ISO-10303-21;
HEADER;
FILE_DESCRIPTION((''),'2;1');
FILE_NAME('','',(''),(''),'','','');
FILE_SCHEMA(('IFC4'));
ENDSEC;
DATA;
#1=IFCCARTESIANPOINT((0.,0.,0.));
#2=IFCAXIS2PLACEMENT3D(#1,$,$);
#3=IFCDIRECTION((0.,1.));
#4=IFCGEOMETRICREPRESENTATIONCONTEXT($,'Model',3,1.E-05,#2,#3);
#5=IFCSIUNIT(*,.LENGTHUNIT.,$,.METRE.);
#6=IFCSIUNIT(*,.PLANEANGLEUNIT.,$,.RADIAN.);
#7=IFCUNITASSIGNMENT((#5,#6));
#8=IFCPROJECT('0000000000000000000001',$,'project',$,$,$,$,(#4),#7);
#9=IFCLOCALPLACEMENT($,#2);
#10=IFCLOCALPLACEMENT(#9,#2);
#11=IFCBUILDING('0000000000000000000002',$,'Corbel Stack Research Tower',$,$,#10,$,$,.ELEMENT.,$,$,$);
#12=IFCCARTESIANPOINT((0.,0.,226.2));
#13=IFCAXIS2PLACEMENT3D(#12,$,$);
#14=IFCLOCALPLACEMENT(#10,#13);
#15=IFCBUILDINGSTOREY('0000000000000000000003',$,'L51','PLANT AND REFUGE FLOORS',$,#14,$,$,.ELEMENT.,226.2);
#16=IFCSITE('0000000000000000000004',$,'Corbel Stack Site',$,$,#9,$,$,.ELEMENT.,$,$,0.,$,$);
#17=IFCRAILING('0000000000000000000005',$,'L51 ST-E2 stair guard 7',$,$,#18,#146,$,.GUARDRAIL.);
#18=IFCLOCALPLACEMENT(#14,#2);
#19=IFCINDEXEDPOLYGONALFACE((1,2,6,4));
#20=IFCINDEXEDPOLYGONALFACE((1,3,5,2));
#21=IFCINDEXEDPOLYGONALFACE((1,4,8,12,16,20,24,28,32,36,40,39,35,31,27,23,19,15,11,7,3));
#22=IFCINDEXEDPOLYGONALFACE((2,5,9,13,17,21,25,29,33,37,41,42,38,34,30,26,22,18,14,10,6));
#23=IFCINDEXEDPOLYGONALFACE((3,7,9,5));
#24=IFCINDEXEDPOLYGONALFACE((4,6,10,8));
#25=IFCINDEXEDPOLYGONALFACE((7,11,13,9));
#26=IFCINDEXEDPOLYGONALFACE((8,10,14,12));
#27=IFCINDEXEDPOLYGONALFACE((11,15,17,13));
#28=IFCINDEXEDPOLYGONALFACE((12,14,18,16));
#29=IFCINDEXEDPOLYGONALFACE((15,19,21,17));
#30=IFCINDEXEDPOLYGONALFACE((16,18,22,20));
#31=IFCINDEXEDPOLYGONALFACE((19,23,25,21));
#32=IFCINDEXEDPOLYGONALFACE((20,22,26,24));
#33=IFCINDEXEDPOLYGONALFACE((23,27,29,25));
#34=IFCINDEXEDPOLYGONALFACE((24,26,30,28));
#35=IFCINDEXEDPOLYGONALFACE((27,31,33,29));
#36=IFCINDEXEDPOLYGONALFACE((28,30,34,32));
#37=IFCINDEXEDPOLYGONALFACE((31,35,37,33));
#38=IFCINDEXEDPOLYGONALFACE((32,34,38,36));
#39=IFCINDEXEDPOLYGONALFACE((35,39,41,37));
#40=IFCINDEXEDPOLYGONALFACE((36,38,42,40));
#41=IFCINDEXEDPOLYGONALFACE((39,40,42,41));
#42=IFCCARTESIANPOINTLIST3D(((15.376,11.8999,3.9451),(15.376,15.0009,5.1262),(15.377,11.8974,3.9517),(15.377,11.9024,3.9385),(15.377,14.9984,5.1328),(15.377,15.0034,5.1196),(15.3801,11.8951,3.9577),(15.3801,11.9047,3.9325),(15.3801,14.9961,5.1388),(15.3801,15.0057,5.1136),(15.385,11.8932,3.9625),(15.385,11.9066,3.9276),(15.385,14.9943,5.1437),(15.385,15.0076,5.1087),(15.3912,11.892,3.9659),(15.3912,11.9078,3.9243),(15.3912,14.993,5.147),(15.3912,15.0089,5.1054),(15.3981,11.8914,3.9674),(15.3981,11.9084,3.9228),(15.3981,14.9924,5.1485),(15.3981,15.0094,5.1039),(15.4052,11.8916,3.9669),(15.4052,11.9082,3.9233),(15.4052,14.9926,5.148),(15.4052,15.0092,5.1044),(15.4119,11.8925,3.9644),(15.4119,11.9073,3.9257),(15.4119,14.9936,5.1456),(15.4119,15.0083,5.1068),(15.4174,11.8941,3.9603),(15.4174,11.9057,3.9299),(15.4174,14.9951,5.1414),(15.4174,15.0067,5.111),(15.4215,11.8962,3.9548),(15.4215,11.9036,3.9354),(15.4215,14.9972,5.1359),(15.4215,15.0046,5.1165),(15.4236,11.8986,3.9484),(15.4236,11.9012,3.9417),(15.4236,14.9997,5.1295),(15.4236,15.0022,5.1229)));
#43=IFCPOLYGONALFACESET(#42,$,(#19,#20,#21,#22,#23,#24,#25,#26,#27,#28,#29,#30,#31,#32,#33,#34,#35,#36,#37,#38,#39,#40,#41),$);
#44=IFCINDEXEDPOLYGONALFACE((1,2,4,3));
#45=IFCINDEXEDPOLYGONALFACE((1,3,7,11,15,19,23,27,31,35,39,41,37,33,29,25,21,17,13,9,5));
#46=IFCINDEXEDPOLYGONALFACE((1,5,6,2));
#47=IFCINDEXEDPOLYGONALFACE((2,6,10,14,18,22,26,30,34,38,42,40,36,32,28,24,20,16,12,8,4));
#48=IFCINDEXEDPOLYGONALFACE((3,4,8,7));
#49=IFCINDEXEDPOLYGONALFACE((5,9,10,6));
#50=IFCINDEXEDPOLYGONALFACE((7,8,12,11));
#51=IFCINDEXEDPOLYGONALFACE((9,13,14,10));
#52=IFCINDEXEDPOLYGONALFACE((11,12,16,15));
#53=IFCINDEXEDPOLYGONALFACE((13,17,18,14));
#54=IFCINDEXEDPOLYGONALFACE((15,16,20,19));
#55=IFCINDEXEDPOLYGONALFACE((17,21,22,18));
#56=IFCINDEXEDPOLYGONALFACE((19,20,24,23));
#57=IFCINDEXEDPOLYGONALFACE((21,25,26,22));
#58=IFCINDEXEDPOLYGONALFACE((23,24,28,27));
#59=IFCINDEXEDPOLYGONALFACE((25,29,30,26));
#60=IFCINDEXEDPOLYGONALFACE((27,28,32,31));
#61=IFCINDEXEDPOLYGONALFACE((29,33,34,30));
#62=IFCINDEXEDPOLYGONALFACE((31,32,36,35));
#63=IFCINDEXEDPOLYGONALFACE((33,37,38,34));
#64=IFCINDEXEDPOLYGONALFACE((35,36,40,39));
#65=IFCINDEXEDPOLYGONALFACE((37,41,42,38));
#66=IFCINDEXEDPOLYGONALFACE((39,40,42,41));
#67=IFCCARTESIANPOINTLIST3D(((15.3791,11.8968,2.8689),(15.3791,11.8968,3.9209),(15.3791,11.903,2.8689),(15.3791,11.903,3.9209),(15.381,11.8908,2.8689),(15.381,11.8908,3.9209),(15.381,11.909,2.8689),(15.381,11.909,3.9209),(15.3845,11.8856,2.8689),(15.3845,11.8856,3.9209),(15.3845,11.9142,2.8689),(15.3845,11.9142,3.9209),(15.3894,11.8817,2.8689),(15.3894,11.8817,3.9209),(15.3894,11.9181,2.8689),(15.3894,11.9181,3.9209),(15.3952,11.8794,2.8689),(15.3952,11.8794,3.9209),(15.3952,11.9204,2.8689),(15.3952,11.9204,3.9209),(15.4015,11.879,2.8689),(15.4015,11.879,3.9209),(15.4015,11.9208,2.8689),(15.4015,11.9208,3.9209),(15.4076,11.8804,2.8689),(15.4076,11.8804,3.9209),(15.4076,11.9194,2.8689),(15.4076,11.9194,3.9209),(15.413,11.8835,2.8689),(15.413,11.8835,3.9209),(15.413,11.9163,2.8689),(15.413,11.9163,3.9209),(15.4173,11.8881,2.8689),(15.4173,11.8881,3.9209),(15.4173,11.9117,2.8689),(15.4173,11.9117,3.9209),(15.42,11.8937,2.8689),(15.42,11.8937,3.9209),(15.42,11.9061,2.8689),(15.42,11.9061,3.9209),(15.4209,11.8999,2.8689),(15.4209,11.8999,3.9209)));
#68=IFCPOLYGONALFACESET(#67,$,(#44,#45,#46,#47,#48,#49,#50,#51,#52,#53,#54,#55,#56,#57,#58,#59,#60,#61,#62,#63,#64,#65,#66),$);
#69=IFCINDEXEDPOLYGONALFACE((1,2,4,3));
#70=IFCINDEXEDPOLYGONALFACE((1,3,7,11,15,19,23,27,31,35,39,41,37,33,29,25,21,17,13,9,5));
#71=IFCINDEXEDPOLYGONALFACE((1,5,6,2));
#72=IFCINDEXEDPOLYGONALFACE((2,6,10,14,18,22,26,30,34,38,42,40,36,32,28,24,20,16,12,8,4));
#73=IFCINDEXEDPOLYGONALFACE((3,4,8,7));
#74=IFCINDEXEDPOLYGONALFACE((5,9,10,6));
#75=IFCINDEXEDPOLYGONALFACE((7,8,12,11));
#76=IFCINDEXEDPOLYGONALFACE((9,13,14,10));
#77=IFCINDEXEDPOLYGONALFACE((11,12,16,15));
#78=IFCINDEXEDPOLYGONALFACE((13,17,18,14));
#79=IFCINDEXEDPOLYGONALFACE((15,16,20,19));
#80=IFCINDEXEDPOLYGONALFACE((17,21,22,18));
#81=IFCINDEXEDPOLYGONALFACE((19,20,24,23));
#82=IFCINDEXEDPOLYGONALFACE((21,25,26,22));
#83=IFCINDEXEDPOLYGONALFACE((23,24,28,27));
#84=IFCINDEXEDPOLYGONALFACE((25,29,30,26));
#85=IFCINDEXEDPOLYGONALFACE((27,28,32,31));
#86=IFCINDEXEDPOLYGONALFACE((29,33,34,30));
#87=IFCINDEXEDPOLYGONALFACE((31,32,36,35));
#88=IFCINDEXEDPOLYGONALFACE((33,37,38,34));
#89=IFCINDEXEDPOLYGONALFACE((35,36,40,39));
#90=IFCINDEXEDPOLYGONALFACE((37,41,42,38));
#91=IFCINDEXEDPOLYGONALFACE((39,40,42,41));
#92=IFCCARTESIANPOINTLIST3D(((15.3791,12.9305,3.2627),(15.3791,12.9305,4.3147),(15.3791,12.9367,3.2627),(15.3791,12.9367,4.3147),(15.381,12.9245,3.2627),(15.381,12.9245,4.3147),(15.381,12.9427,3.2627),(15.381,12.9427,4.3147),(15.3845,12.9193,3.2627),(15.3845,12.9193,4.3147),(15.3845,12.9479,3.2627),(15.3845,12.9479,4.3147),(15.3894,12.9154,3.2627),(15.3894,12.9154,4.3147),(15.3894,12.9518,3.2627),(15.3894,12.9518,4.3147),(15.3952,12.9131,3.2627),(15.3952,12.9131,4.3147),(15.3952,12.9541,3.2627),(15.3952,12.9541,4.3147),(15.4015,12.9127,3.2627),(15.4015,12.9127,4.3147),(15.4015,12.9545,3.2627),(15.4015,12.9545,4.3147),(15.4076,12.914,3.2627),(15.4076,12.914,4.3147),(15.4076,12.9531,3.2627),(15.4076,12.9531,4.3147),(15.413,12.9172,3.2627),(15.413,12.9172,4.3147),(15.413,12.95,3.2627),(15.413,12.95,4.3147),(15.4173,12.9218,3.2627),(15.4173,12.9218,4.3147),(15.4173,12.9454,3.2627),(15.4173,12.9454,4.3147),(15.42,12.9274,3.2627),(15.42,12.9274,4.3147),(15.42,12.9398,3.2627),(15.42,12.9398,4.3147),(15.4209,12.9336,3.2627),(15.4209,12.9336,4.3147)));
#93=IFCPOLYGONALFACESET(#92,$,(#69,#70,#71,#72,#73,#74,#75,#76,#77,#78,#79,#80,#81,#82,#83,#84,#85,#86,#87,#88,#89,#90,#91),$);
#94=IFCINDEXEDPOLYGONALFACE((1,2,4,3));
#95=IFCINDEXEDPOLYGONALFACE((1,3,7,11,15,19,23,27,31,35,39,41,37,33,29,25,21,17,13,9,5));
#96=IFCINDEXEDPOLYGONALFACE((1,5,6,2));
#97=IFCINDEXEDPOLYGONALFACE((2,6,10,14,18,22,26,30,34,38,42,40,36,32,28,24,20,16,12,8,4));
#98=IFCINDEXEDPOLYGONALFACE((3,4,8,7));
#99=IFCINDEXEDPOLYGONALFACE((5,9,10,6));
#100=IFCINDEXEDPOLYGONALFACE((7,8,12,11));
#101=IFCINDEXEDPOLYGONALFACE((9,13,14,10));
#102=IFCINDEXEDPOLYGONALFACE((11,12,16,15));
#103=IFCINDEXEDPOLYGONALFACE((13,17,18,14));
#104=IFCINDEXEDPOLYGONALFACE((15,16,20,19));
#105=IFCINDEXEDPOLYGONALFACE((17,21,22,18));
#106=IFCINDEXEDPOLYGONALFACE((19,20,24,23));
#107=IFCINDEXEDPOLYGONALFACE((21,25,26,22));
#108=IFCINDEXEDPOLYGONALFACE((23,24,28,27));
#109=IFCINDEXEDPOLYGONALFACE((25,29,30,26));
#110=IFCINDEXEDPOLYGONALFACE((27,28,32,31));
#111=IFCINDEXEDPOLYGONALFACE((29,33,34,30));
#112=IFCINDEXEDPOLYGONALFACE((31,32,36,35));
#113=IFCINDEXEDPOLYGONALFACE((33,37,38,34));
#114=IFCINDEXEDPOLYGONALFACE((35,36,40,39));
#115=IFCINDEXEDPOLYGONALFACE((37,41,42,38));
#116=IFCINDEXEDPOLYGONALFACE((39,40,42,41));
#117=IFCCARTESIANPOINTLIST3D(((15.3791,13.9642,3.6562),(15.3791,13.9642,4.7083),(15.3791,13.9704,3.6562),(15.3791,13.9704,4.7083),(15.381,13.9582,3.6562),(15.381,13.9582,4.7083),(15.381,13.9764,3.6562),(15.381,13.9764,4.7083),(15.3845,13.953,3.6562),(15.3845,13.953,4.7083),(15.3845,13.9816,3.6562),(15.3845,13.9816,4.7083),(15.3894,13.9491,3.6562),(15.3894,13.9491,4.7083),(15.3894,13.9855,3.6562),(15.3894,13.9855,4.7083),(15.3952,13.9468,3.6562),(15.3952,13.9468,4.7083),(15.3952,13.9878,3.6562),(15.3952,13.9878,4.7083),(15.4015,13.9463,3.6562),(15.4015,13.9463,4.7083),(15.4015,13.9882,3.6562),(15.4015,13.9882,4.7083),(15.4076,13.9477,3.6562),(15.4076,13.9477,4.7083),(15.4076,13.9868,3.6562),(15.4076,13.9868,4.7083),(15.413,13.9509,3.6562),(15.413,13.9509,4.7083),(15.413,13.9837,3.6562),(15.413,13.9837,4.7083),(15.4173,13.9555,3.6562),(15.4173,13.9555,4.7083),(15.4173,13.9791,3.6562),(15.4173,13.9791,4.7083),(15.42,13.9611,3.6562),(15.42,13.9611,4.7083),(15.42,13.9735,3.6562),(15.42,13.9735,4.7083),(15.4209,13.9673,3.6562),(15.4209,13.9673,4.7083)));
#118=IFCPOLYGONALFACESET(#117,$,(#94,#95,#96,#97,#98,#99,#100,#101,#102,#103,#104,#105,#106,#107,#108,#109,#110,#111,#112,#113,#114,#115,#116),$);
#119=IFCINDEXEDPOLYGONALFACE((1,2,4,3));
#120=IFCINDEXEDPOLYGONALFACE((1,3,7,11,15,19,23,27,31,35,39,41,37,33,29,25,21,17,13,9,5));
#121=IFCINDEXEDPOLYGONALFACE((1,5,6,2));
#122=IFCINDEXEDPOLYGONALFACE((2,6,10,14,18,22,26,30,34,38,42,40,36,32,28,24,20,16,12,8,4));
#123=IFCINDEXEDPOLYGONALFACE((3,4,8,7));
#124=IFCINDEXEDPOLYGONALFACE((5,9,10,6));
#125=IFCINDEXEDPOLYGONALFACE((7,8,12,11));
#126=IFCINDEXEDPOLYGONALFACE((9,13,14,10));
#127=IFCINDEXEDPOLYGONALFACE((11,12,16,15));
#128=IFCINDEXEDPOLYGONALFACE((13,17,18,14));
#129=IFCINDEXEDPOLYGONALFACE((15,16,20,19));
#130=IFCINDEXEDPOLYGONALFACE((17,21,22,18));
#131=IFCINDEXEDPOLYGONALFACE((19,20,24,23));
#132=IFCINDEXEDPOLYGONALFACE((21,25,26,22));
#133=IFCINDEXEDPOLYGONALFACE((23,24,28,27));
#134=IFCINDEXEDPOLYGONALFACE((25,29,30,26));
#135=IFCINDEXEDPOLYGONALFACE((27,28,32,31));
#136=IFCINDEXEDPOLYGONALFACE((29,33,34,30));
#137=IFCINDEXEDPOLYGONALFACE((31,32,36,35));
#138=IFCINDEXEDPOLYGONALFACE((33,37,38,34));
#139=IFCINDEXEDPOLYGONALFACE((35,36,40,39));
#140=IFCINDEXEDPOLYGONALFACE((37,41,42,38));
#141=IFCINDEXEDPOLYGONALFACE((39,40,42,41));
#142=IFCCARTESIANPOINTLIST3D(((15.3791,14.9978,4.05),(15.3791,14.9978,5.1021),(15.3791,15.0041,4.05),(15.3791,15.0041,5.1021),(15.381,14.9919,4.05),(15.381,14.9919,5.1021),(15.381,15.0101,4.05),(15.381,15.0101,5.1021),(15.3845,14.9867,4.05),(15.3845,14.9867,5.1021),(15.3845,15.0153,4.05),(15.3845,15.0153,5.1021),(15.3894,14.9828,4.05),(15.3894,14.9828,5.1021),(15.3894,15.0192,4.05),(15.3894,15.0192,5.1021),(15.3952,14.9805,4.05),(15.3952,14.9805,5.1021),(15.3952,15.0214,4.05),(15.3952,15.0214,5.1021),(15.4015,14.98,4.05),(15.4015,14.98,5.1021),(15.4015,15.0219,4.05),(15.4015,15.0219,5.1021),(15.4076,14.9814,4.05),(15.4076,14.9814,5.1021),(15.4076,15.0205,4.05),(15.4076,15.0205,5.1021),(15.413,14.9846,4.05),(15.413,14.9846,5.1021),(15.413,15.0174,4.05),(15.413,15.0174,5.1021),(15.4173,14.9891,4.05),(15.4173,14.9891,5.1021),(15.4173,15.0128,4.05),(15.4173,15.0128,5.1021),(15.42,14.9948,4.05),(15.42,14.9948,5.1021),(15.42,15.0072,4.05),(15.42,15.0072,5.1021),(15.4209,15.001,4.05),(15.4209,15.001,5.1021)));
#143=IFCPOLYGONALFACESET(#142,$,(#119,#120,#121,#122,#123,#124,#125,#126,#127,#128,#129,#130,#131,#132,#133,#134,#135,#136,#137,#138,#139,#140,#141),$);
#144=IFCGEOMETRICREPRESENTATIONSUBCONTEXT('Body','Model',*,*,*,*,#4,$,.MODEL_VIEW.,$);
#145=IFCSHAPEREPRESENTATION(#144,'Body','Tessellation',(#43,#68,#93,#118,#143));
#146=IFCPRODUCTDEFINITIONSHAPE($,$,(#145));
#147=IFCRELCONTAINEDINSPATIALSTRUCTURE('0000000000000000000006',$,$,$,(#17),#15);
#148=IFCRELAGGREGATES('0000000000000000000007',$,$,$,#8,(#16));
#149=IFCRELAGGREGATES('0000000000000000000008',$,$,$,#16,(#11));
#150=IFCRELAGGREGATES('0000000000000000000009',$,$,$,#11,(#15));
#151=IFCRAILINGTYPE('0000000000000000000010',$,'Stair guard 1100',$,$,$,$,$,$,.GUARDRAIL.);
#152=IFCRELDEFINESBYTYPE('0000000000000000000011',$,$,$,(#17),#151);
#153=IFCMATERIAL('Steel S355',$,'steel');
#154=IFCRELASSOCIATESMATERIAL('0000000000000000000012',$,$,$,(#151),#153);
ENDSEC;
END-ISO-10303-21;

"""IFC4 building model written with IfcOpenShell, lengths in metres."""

from ifc_helpers import new_model, si_unit, direction, frame, origin, origin_2d, place, context, subcontext, project, spatial, circle, extrude, material, type_object, element, save


model = new_model("IFC4")

# Units and contexts
model_context = context("Model", 3, precision=1e-05, world=origin(), true_north=direction((0.0, 1.0)))
body_context = subcontext(model_context, "Body", "Model", "MODEL_VIEW")
ifc_project = project(units=[si_unit("LENGTHUNIT", "METRE"), si_unit("PLANEANGLEUNIT", "RADIAN")], contexts=[model_context])

# Site, building, storey
site_placement = place(None, origin())
site = spatial("IfcSite", under=ifc_project, at=site_placement, Name="Corbel Stack Site", CompositionType="ELEMENT", RefElevation=0.0)
building_placement = place(site_placement, origin())
building = spatial("IfcBuilding", under=site, at=building_placement, Name="Corbel Stack Research Tower", CompositionType="ELEMENT")
storey_placement = place(building_placement, frame((0.0, 0.0, 226.2)))
storey = spatial("IfcBuildingStorey", under=building, at=storey_placement, Name="L51", Description="PLANT AND REFUGE FLOORS", CompositionType="ELEMENT", Elevation=226.2)

# Railing
ifc_material_1 = material(Name="Steel S355", Category="steel")
railing_type_1 = type_object("IfcRailingType", Name="Stair guard 1100", PredefinedType="GUARDRAIL", material=ifc_material_1)
railing_1_placement = place(storey_placement, frame((15.3999, 11.8999, 2.8689)))
element("IfcRailing", 1, at=railing_1_placement, inside=storey, type_object=railing_type_1, Name="L51 ST-E2 stair guard 7", PredefinedType="GUARDRAIL", context=body_context, shape_type="SweptSolid", body=[
    extrude(circle(Radius=0.0239, at=origin_2d()), frame((0.0, 0.0, 1.0762), z_axis=(0.0, 0.934509, 0.35594), x_axis=(-1.0, 0.0, 0.0)), (0.0, 0.0, 1.0), 3.3184),
    extrude(circle(Radius=0.021, at=origin_2d()), origin(), (0.0, 0.0, 1.0), 1.052),
    extrude(circle(Radius=0.021, at=origin_2d()), frame((0.0, 1.0337, 0.3938)), (0.0, 0.0, 1.0), 1.052),
    extrude(circle(Radius=0.021, at=origin_2d()), frame((0.0, 2.0674, 0.7874)), (0.0, 0.0, 1.0), 1.052),
    extrude(circle(Radius=0.021, at=origin_2d()), frame((0.0, 3.1011, 1.1812)), (0.0, 0.0, 1.0), 1.052),
])

save(model, "model.ifc")
